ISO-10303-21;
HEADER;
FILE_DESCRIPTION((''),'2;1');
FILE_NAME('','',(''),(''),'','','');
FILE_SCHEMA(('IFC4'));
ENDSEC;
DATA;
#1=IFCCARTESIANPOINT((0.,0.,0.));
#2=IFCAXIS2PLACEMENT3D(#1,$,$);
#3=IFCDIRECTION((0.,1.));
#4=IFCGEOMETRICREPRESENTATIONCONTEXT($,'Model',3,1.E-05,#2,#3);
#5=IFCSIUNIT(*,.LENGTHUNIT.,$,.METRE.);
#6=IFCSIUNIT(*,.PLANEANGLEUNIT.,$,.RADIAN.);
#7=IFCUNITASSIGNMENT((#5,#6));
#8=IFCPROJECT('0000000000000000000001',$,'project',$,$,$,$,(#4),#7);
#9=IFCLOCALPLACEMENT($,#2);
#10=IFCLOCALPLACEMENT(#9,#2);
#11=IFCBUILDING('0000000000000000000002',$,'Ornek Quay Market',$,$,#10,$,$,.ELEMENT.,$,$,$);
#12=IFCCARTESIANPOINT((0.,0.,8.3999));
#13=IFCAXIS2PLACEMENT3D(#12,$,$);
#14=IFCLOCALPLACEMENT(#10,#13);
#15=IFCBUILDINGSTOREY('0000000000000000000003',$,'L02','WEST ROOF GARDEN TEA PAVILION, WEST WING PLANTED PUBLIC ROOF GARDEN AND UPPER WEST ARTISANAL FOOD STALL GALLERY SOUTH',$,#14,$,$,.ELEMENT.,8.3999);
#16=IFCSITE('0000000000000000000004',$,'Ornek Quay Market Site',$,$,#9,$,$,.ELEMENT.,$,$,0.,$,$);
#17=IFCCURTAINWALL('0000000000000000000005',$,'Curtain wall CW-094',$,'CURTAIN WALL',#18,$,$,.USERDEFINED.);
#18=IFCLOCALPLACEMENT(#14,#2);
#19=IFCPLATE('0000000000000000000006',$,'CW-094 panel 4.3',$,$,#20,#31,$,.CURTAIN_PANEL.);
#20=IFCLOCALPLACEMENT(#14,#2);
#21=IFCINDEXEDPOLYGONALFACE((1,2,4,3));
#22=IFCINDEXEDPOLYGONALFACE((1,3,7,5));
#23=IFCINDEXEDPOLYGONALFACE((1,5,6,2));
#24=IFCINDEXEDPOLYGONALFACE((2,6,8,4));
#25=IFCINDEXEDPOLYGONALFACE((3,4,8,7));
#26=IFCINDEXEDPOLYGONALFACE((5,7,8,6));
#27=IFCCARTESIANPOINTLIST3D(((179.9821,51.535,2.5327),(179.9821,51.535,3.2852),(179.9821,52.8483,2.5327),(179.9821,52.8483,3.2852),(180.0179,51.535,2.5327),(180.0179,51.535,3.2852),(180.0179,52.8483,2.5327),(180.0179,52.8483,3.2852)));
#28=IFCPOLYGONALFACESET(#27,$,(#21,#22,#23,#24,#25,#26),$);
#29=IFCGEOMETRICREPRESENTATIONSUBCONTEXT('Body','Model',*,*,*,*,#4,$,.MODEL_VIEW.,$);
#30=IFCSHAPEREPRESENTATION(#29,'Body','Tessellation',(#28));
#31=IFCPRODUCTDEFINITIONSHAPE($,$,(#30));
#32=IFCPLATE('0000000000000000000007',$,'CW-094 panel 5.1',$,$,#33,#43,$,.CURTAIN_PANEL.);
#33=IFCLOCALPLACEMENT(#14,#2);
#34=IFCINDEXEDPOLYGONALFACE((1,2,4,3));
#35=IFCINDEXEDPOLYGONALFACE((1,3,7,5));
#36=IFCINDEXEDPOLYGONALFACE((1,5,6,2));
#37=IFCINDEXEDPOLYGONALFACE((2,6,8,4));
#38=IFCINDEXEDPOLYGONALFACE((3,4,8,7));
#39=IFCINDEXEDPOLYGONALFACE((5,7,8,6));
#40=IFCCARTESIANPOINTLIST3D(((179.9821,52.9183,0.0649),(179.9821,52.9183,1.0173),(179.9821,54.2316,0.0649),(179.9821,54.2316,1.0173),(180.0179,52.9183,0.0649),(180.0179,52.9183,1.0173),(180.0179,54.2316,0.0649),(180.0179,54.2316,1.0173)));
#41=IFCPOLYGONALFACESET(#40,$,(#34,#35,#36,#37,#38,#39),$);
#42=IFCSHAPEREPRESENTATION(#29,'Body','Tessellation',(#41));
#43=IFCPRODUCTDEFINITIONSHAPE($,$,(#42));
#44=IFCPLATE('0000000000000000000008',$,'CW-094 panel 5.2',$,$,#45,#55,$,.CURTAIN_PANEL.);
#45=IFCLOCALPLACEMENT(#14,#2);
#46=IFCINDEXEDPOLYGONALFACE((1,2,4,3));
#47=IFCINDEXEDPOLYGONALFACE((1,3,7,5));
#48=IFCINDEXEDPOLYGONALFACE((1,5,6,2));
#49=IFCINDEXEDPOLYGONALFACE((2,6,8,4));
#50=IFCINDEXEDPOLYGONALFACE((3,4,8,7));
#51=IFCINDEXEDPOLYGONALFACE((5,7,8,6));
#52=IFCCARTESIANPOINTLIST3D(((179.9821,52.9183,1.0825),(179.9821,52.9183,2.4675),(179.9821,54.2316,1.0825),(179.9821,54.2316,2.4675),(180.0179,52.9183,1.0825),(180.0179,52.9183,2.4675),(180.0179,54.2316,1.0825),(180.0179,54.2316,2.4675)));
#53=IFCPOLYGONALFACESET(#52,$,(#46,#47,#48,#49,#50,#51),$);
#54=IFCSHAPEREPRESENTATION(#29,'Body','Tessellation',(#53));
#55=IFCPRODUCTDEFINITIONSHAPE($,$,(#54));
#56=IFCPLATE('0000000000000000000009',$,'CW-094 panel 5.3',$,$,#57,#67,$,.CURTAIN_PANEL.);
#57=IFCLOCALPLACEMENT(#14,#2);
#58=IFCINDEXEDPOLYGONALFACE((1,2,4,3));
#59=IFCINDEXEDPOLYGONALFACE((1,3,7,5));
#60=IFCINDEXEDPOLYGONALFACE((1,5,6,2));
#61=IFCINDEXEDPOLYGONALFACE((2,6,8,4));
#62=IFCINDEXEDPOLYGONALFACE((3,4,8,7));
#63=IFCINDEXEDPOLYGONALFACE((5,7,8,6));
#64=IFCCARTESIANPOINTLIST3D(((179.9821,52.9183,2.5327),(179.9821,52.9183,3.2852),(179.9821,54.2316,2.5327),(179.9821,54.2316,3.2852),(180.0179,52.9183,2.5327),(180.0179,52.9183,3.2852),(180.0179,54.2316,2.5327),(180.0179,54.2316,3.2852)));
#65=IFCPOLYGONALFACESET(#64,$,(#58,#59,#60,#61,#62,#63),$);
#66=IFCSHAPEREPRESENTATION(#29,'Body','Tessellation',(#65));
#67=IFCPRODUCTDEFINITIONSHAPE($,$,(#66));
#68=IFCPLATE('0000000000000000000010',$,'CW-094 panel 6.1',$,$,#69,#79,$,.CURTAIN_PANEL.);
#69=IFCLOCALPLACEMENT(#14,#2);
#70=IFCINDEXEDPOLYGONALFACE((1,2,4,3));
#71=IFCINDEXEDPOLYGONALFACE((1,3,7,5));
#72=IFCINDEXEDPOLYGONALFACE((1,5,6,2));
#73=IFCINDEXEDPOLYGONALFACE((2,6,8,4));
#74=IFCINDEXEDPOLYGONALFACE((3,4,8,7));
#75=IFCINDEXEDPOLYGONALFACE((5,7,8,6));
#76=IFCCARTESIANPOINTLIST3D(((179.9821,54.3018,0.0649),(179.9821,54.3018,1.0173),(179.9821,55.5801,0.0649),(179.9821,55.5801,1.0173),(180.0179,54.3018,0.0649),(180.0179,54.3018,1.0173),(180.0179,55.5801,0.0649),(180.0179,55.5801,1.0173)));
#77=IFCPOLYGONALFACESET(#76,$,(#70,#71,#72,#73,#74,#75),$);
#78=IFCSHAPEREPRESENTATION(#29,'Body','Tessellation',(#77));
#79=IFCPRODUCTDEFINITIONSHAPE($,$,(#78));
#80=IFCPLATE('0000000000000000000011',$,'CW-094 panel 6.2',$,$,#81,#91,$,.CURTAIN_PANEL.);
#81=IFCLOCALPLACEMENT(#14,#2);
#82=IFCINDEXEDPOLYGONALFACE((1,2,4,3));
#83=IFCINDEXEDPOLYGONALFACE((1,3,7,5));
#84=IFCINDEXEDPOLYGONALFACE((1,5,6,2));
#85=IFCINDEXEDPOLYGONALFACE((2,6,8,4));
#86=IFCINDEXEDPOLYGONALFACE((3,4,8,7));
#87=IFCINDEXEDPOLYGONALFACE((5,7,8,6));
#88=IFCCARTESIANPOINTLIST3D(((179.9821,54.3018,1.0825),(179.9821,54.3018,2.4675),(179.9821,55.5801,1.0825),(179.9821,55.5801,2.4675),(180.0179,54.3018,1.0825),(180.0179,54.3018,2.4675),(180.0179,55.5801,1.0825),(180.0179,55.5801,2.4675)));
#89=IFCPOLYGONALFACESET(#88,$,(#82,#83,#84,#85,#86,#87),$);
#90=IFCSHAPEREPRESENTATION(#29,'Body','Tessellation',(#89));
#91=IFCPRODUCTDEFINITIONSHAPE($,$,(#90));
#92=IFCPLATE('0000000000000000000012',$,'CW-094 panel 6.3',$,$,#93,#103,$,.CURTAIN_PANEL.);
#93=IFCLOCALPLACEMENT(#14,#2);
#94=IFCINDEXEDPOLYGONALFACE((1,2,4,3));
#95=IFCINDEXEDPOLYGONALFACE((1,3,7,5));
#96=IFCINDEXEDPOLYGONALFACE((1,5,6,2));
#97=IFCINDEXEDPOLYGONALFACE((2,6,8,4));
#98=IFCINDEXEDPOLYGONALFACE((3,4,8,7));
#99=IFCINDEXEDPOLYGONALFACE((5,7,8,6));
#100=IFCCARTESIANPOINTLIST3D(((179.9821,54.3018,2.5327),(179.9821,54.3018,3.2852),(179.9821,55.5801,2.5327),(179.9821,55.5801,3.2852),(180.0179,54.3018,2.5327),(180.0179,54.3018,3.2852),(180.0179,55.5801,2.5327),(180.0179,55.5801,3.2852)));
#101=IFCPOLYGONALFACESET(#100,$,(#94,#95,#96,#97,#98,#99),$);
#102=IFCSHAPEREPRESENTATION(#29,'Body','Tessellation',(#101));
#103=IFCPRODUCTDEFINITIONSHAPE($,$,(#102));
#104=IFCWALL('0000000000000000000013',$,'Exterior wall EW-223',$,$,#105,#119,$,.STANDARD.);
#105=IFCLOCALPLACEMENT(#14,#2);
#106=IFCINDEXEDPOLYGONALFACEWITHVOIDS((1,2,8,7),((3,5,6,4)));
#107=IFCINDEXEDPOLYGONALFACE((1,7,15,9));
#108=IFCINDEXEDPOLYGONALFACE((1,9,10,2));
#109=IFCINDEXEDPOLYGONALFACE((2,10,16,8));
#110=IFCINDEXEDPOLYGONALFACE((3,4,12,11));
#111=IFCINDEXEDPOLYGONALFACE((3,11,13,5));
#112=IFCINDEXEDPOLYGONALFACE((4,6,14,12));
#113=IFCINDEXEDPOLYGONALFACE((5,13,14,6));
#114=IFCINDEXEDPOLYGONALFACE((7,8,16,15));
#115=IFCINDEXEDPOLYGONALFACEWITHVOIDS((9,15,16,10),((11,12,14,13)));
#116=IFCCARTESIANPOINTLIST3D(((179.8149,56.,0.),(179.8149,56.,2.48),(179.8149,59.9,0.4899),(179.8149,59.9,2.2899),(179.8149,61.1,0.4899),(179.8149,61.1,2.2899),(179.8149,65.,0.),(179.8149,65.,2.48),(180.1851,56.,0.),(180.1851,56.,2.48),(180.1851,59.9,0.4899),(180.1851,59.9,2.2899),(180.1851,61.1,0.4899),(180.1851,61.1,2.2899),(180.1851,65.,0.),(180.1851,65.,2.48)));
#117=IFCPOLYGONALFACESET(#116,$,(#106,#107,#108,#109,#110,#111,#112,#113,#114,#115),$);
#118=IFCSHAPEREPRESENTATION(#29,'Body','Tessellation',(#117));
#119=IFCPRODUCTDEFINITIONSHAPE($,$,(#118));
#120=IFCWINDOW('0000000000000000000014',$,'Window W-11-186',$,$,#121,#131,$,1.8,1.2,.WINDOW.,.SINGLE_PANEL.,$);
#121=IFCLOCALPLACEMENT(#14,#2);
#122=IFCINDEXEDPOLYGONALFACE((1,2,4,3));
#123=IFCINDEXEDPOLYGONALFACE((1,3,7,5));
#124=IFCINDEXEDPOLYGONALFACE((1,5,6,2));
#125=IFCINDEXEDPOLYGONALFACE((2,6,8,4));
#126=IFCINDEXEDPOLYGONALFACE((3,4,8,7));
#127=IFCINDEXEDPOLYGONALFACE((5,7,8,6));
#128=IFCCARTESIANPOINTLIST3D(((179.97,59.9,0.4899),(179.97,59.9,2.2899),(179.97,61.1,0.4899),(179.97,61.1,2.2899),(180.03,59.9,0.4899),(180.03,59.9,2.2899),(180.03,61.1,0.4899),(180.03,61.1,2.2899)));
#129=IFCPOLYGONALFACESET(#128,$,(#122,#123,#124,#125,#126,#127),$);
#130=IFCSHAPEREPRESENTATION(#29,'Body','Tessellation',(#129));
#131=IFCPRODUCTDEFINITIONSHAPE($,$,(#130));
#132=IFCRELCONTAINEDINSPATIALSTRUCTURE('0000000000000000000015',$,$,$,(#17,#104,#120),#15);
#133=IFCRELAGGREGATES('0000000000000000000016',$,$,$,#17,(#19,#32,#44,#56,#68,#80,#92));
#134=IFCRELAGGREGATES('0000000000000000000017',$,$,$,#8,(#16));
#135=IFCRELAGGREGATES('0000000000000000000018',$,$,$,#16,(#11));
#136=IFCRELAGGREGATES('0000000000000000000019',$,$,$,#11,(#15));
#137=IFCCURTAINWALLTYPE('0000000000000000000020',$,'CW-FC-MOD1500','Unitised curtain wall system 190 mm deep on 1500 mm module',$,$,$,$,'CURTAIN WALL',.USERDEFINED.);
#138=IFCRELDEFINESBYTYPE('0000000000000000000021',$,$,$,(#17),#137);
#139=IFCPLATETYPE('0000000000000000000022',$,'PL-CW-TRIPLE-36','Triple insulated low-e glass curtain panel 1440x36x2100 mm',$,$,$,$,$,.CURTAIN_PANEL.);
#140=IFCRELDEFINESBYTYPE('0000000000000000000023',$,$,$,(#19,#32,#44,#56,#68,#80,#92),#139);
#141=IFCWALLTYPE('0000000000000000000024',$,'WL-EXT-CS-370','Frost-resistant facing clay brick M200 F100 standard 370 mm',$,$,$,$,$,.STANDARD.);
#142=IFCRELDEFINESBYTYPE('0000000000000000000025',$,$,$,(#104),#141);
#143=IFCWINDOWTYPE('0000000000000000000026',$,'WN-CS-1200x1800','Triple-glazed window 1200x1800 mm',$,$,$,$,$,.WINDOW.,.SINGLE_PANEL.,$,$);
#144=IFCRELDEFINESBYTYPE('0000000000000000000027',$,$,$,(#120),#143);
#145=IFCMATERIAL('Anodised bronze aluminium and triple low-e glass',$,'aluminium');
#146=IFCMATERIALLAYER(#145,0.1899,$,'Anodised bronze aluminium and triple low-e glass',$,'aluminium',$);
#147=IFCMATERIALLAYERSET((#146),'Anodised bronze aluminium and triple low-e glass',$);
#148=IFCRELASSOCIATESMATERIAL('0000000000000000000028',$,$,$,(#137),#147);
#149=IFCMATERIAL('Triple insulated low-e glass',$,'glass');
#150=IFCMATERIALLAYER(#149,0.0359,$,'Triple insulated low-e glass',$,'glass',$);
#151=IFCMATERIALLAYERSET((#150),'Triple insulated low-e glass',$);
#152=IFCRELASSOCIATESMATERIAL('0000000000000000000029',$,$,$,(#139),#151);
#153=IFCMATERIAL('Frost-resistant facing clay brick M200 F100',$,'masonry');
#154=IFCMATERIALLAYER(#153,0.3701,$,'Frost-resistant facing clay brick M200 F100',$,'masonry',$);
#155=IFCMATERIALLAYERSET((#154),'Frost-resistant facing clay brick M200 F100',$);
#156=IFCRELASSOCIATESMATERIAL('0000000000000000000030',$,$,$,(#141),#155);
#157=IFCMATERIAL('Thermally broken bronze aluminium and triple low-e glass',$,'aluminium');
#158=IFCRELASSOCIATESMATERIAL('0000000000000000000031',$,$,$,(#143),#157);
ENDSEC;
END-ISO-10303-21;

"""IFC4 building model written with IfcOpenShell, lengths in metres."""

from ifc_helpers import new_model, si_unit, direction, frame, frame_2d, origin, origin_2d, place, context, subcontext, project, spatial, rectangle, extrude, material, layer, layer_set, type_object, element, fill, aggregate, save


model = new_model("IFC4")

# Units and contexts
model_context = context("Model", 3, precision=1e-05, world=origin(), true_north=direction((0.0, 1.0)))
body_context = subcontext(model_context, "Body", "Model", "MODEL_VIEW")
ifc_project = project(units=[si_unit("LENGTHUNIT", "METRE"), si_unit("PLANEANGLEUNIT", "RADIAN")], contexts=[model_context])

# Site, building, storey
site_placement = place(None, origin())
site = spatial("IfcSite", under=ifc_project, at=site_placement, Name="Ornek Quay Market Site", CompositionType="ELEMENT", RefElevation=0.0)
building_placement = place(site_placement, origin())
building = spatial("IfcBuilding", under=site, at=building_placement, Name="Ornek Quay Market", CompositionType="ELEMENT")
storey_placement = place(building_placement, frame((0.0, 0.0, 8.3999)))
storey = spatial("IfcBuildingStorey", under=building, at=storey_placement, Name="L02", Description="WEST ROOF GARDEN TEA PAVILION, WEST WING PLANTED PUBLIC ROOF GARDEN AND UPPER WEST ARTISANAL FOOD STALL GALLERY SOUTH", CompositionType="ELEMENT", Elevation=8.3999)

# Curtain wall, plates
ifc_material_1 = material(Name="Anodised bronze aluminium and triple low-e glass", Category="aluminium")
ifc_layer_1 = layer(ifc_material_1, 0.1899, Name="Anodised bronze aluminium and triple low-e glass", Category="aluminium")
ifc_layer_set_1 = layer_set([ifc_layer_1], Name="Anodised bronze aluminium and triple low-e glass")
curtain_wall_type = type_object("IfcCurtainWallType", Name="CW-FC-MOD1500", Description="Unitised curtain wall system 190 mm deep on 1500 mm module", ElementType="CURTAIN WALL", PredefinedType="USERDEFINED", material=ifc_layer_set_1)
curtain_wall_placement = place(storey_placement, origin())
curtain_wall = element("IfcCurtainWall", 1, at=curtain_wall_placement, inside=storey, type_object=curtain_wall_type, Name="Curtain wall CW-094", ObjectType="CURTAIN WALL", PredefinedType="USERDEFINED")
ifc_material_2 = material(Name="Triple insulated low-e glass", Category="glass")
ifc_layer_2 = layer(ifc_material_2, 0.0359, Name="Triple insulated low-e glass", Category="glass")
ifc_layer_set_2 = layer_set([ifc_layer_2], Name="Triple insulated low-e glass")
plate_type = type_object("IfcPlateType", Name="PL-CW-TRIPLE-36", Description="Triple insulated low-e glass curtain panel 1440x36x2100 mm", PredefinedType="CURTAIN_PANEL", material=ifc_layer_set_2)
plate_1_placement = place(storey_placement, frame((180.0, 52.1917, 2.5327), z_axis=(0.0, 0.0, 1.0), x_axis=(0.0, 1.0, 0.0)))
plate_1 = element("IfcPlate", 2, at=plate_1_placement, type_object=plate_type, Name="CW-094 panel 4.3", PredefinedType="CURTAIN_PANEL", context=body_context, shape_type="SweptSolid", body=[
    extrude(rectangle(XDim=1.3132, YDim=0.0359, at=origin_2d()), origin(), (0.0, 0.0, 1.0), 0.7524),
])
plate_2_placement = place(storey_placement, frame((180.0, 53.575, 0.0649), z_axis=(0.0, 0.0, 1.0), x_axis=(0.0, 1.0, 0.0)))
plate_2 = element("IfcPlate", 3, at=plate_2_placement, type_object=plate_type, Name="CW-094 panel 5.1", PredefinedType="CURTAIN_PANEL", context=body_context, shape_type="SweptSolid", body=[
    extrude(rectangle(XDim=1.3132, YDim=0.0359, at=origin_2d()), origin(), (0.0, 0.0, 1.0), 0.9524),
])
plate_3_placement = place(storey_placement, frame((180.0, 53.575, 1.0825), z_axis=(0.0, 0.0, 1.0), x_axis=(0.0, 1.0, 0.0)))
plate_3 = element("IfcPlate", 4, at=plate_3_placement, type_object=plate_type, Name="CW-094 panel 5.2", PredefinedType="CURTAIN_PANEL", context=body_context, shape_type="SweptSolid", body=[
    extrude(rectangle(XDim=1.3132, YDim=0.0359, at=origin_2d()), origin(), (0.0, 0.0, 1.0), 1.385),
])
plate_4_placement = place(storey_placement, frame((180.0, 53.575, 2.5327), z_axis=(0.0, 0.0, 1.0), x_axis=(0.0, 1.0, 0.0)))
plate_4 = element("IfcPlate", 5, at=plate_4_placement, type_object=plate_type, Name="CW-094 panel 5.3", PredefinedType="CURTAIN_PANEL", context=body_context, shape_type="SweptSolid", body=[
    extrude(rectangle(XDim=1.3132, YDim=0.0359, at=origin_2d()), origin(), (0.0, 0.0, 1.0), 0.7524),
])
plate_5_placement = place(storey_placement, frame((180.0, 54.9409, 0.0649), z_axis=(0.0, 0.0, 1.0), x_axis=(0.0, 1.0, 0.0)))
plate_5 = element("IfcPlate", 6, at=plate_5_placement, type_object=plate_type, Name="CW-094 panel 6.1", PredefinedType="CURTAIN_PANEL", context=body_context, shape_type="SweptSolid", body=[
    extrude(rectangle(XDim=1.2783, YDim=0.0359, at=origin_2d()), origin(), (0.0, 0.0, 1.0), 0.9524),
])
plate_6_placement = place(storey_placement, frame((180.0, 54.9409, 1.0825), z_axis=(0.0, 0.0, 1.0), x_axis=(0.0, 1.0, 0.0)))
plate_6 = element("IfcPlate", 7, at=plate_6_placement, type_object=plate_type, Name="CW-094 panel 6.2", PredefinedType="CURTAIN_PANEL", context=body_context, shape_type="SweptSolid", body=[
    extrude(rectangle(XDim=1.2783, YDim=0.0359, at=origin_2d()), origin(), (0.0, 0.0, 1.0), 1.385),
])
plate_7_placement = place(storey_placement, frame((180.0, 54.9409, 2.5327), z_axis=(0.0, 0.0, 1.0), x_axis=(0.0, 1.0, 0.0)))
plate_7 = element("IfcPlate", 8, at=plate_7_placement, type_object=plate_type, Name="CW-094 panel 6.3", PredefinedType="CURTAIN_PANEL", context=body_context, shape_type="SweptSolid", body=[
    extrude(rectangle(XDim=1.2783, YDim=0.0359, at=origin_2d()), origin(), (0.0, 0.0, 1.0), 0.7524),
])
aggregate(curtain_wall, [plate_1, plate_2, plate_3, plate_4, plate_5, plate_6, plate_7])

# Wall, opening, window
ifc_material_3 = material(Name="Frost-resistant facing clay brick M200 F100", Category="masonry")
ifc_layer_3 = layer(ifc_material_3, 0.3701, Name="Frost-resistant facing clay brick M200 F100", Category="masonry")
ifc_layer_set_3 = layer_set([ifc_layer_3], Name="Frost-resistant facing clay brick M200 F100")
wall_type = type_object("IfcWallType", Name="WL-EXT-CS-370", Description="Frost-resistant facing clay brick M200 F100 standard 370 mm", PredefinedType="STANDARD", material=ifc_layer_set_3)
wall_placement = place(storey_placement, frame((180.0, 56.0, 0.0), z_axis=(0.0, 0.0, 1.0), x_axis=(0.0, 1.0, 0.0)))
wall = element("IfcWall", 9, at=wall_placement, inside=storey, type_object=wall_type, Name="Exterior wall EW-223", PredefinedType="STANDARD", context=body_context, shape_type="SweptSolid", body=[
    extrude(rectangle(XDim=9.0, YDim=0.3701, at=frame_2d((4.5, 0.0))), origin(), (0.0, 0.0, 1.0), 2.48),
])
opening_placement = place(wall_placement, frame((3.8999, 0.0, 0.49)))
opening = element("IfcOpeningElement", 10, at=opening_placement, cuts=wall, PredefinedType="OPENING", context=body_context, shape_type="SweptSolid", body=[
    extrude(rectangle(XDim=1.2, YDim=1.8, at=frame_2d((0.6001, 0.8999))), frame((0.0, 0.1951, 0.0), z_axis=(0.0, -1.0, 0.0), x_axis=(1.0, 0.0, 0.0)), (0.0, 0.0, 1.0), 0.3901),
])
ifc_material_4 = material(Name="Thermally broken bronze aluminium and triple low-e glass", Category="aluminium")
window_type = type_object("IfcWindowType", Name="WN-CS-1200x1800", Description="Triple-glazed window 1200x1800 mm", PartitioningType="SINGLE_PANEL", PredefinedType="WINDOW", material=ifc_material_4)
window_placement = place(opening_placement, origin())
window = element("IfcWindow", 11, at=window_placement, inside=storey, type_object=window_type, Name="Window W-11-186", OverallHeight=1.8, OverallWidth=1.2, PartitioningType="SINGLE_PANEL", PredefinedType="WINDOW", context=body_context, shape_type="SweptSolid", body=[
    extrude(rectangle(XDim=1.2, YDim=1.8, at=frame_2d((0.6001, 0.8999))), frame((0.0, 0.03, 0.0), z_axis=(0.0, -1.0, 0.0), x_axis=(1.0, 0.0, 0.0)), (0.0, 0.0, 1.0), 0.0601),
])
fill(opening, window)

save(model, "model.ifc")
